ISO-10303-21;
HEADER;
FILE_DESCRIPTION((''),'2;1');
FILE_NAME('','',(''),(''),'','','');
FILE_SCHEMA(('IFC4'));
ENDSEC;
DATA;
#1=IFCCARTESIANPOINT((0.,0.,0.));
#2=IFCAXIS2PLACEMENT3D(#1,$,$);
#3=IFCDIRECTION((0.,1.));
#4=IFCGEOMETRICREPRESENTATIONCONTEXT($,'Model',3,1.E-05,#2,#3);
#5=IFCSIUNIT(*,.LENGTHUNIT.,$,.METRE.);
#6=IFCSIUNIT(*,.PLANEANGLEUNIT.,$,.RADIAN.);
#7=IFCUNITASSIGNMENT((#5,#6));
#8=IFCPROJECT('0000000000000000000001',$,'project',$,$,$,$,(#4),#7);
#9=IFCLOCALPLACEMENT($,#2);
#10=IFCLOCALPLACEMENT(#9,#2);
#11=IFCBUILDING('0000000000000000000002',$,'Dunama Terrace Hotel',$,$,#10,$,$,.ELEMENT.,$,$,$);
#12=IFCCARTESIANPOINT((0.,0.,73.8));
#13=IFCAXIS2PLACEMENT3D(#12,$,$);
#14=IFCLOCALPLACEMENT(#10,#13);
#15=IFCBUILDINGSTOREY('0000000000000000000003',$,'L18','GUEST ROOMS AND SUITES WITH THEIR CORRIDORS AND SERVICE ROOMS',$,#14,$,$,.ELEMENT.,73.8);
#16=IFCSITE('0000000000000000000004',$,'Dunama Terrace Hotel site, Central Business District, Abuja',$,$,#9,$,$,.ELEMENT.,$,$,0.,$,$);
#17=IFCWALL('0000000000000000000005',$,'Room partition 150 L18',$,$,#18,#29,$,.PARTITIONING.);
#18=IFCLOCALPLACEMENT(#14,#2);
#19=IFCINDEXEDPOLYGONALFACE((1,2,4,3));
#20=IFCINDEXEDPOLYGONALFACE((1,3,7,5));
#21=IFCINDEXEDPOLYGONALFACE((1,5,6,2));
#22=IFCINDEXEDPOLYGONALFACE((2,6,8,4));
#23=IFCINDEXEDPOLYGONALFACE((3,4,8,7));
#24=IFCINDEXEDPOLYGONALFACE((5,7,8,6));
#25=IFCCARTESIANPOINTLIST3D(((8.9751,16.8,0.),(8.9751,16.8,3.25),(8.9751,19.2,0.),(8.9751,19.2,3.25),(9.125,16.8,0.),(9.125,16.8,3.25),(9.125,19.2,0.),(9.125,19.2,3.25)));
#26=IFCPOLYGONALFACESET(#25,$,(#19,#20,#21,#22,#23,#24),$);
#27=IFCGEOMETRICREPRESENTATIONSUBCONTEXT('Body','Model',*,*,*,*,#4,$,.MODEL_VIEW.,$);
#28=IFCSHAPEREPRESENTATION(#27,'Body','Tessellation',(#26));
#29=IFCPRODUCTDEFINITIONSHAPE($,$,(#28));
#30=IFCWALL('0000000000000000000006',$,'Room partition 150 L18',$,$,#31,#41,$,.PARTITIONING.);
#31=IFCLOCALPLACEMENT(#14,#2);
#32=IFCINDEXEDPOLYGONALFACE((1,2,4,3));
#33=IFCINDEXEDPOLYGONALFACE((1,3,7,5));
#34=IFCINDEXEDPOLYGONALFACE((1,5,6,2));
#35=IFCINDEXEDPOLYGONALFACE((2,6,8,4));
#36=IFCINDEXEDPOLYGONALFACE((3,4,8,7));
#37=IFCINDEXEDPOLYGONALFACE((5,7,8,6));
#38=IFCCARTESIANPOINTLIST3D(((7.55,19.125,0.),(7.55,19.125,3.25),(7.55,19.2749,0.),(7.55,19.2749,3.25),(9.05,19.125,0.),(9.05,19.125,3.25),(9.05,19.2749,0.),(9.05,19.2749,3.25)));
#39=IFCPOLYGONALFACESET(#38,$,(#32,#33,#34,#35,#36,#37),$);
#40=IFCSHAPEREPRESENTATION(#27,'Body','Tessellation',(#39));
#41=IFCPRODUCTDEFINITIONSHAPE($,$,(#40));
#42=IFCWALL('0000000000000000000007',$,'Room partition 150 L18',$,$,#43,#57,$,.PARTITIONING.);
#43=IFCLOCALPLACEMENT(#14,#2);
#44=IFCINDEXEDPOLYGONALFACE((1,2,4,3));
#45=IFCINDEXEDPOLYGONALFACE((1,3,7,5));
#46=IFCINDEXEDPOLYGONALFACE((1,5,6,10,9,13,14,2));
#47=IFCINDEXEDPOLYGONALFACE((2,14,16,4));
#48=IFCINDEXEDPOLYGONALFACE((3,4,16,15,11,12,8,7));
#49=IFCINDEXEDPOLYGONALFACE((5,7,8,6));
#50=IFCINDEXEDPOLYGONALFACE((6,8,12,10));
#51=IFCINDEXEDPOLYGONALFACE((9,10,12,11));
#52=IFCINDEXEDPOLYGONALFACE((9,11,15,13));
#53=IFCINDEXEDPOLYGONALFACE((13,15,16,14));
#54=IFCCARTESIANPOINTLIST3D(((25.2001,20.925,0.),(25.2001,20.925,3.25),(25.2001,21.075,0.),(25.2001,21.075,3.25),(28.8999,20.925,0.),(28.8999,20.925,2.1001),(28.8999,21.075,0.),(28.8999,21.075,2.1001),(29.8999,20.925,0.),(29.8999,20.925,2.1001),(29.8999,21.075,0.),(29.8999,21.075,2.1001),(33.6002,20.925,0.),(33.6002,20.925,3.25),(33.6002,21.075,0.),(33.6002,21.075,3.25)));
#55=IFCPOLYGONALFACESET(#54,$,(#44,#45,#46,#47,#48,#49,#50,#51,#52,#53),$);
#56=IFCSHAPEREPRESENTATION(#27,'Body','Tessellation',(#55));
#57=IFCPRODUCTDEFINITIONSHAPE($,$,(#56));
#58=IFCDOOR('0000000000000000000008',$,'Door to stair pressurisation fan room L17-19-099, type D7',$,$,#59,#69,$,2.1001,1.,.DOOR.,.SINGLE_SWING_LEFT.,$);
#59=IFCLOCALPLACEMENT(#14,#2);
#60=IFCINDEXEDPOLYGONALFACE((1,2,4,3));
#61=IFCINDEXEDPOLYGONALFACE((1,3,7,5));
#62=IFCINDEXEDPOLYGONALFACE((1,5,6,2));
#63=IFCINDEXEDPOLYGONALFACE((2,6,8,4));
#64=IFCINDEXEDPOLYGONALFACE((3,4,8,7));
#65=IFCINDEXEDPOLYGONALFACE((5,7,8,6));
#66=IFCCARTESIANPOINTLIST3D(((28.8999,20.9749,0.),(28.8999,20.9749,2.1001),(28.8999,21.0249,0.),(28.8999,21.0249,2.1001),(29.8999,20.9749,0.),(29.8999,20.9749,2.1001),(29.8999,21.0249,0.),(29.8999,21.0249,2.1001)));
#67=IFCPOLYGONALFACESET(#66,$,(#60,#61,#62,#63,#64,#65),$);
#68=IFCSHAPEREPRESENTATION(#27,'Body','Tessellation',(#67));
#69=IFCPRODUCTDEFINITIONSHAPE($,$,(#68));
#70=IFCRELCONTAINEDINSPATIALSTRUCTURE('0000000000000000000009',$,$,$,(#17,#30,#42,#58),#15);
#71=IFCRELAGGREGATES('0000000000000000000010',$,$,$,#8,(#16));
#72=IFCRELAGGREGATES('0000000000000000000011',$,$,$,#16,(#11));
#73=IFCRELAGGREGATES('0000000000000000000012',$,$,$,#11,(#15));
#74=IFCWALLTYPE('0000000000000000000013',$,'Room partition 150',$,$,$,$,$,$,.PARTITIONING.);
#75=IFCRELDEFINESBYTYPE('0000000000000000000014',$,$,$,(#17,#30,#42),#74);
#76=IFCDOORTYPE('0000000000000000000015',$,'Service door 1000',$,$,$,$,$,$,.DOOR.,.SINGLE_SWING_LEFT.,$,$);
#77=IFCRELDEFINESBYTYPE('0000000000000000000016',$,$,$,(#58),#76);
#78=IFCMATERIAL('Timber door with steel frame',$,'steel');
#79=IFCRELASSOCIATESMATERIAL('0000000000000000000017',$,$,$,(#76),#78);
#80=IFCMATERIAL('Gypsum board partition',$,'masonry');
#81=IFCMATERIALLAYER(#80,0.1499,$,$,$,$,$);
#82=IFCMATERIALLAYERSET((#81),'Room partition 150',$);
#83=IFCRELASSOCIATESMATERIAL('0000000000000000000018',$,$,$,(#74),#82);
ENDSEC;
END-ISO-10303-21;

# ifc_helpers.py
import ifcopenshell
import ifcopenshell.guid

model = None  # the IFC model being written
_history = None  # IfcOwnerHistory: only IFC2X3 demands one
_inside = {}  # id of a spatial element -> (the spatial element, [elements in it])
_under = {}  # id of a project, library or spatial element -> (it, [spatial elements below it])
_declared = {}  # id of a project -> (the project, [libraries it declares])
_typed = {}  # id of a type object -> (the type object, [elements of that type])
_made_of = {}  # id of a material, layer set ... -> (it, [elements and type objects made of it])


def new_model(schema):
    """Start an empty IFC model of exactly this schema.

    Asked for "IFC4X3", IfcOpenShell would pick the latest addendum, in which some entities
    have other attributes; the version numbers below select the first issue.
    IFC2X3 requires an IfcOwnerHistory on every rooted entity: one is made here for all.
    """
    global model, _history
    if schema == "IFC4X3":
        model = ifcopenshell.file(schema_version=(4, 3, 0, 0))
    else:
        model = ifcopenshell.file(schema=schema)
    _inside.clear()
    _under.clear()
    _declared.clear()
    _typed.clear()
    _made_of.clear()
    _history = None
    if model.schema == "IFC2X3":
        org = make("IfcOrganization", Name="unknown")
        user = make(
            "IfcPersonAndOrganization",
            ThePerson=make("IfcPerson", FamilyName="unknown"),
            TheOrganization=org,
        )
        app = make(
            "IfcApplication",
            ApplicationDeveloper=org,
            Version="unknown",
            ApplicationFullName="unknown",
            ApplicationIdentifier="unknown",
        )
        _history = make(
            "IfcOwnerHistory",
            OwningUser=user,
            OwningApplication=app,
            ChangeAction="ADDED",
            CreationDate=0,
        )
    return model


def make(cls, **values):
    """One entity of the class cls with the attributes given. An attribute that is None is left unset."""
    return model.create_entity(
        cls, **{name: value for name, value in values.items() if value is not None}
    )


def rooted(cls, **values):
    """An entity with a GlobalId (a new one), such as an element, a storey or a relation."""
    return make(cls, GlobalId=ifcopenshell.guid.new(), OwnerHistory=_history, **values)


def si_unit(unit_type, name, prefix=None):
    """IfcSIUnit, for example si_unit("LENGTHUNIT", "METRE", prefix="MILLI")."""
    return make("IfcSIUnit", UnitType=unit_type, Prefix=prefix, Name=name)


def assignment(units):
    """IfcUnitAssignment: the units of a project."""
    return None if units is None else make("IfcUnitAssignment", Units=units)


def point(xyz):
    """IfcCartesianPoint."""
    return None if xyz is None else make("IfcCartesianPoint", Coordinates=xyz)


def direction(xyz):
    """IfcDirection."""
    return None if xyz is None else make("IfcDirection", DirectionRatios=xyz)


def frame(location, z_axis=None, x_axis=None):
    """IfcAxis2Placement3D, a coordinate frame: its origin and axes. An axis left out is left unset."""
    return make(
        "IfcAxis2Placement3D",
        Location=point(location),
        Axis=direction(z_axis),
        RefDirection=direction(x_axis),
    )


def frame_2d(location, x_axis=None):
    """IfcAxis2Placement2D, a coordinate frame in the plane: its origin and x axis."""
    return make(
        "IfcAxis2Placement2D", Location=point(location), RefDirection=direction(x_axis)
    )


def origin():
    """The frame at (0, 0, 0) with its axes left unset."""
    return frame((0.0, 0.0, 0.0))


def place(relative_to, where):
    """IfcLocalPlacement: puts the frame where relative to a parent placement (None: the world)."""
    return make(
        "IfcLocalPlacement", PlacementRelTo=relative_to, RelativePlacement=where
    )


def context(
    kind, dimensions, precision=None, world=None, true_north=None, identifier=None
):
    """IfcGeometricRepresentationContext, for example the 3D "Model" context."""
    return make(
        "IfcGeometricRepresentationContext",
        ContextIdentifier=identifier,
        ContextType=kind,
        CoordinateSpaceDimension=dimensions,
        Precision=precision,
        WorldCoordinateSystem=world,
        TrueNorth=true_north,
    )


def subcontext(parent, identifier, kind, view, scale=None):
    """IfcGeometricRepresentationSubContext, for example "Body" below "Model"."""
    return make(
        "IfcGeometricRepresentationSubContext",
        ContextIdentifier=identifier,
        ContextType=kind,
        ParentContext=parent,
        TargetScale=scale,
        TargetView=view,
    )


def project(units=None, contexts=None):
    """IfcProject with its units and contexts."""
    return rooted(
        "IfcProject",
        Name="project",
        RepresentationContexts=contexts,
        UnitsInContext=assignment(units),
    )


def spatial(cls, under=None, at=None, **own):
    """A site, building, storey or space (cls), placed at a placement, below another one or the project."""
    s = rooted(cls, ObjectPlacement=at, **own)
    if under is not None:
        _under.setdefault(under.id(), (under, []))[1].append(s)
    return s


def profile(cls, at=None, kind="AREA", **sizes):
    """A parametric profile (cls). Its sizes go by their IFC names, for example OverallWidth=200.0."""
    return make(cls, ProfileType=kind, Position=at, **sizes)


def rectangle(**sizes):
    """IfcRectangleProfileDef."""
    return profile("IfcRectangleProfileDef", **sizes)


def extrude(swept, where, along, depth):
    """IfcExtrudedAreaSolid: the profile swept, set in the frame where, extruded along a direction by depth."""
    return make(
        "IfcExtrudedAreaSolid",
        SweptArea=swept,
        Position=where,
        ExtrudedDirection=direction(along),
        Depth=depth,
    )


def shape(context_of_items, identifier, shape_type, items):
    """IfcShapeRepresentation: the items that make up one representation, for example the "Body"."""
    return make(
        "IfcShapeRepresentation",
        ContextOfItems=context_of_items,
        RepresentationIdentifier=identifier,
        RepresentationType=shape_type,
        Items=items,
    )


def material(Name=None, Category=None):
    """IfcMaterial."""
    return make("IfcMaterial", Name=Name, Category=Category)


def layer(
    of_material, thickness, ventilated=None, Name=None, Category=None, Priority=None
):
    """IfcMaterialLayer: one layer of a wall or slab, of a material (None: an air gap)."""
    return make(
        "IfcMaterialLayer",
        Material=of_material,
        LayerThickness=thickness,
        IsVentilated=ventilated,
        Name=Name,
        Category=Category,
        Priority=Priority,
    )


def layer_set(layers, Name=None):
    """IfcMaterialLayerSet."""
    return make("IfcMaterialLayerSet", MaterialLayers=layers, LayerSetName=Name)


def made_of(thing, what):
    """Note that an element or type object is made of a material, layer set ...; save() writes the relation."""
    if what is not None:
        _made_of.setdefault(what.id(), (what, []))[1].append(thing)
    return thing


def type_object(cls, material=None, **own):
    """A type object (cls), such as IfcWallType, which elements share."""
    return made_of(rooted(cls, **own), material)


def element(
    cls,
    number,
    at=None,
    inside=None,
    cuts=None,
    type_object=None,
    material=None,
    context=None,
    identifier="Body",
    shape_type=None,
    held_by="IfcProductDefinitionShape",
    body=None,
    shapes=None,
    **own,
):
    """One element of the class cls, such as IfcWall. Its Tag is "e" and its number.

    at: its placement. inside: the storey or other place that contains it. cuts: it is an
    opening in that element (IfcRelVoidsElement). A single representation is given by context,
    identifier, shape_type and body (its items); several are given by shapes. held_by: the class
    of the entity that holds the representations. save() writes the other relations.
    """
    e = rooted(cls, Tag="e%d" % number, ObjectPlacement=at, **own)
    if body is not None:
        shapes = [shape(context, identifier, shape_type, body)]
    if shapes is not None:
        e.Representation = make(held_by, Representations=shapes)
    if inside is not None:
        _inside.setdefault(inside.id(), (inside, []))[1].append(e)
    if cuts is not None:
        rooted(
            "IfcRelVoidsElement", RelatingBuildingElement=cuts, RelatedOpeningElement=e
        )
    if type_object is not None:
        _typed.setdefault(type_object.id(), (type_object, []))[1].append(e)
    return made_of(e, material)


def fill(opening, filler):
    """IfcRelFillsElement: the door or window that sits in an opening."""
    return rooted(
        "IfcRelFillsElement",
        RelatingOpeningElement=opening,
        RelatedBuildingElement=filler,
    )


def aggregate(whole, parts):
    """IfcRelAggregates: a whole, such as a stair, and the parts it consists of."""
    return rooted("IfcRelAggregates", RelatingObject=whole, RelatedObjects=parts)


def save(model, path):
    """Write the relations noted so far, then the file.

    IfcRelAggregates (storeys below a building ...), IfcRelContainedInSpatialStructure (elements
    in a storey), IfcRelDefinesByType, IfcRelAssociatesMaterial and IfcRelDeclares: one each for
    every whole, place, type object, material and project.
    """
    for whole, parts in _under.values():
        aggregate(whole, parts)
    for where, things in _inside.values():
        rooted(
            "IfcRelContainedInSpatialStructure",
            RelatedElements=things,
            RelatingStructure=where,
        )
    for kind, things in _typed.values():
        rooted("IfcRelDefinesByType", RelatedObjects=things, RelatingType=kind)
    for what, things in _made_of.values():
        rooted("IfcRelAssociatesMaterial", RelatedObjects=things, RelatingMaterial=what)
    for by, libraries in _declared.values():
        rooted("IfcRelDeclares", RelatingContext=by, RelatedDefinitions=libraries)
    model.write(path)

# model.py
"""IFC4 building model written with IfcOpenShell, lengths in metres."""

from ifc_helpers import new_model, si_unit, direction, frame, frame_2d, origin, place, context, subcontext, project, spatial, rectangle, extrude, material, layer, layer_set, type_object, element, fill, save


model = new_model("IFC4")

# Units and contexts
model_context = context("Model", 3, precision=1e-05, world=origin(), true_north=direction((0.0, 1.0)))
body_context = subcontext(model_context, "Body", "Model", "MODEL_VIEW")
ifc_project = project(units=[si_unit("LENGTHUNIT", "METRE"), si_unit("PLANEANGLEUNIT", "RADIAN")], contexts=[model_context])

# Site, building, storey
site_placement = place(None, origin())
site = spatial("IfcSite", under=ifc_project, at=site_placement, Name="Dunama Terrace Hotel site, Central Business District, Abuja", CompositionType="ELEMENT", RefElevation=0.0)
building_placement = place(site_placement, origin())
building = spatial("IfcBuilding", under=site, at=building_placement, Name="Dunama Terrace Hotel", CompositionType="ELEMENT")
storey_placement = place(building_placement, frame((0.0, 0.0, 73.8)))
storey = spatial("IfcBuildingStorey", under=building, at=storey_placement, Name="L18", Description="GUEST ROOMS AND SUITES WITH THEIR CORRIDORS AND SERVICE ROOMS", CompositionType="ELEMENT", Elevation=73.8)

# Shared definitions
ifc_material_1 = material(Name="Timber door with steel frame", Category="steel")
door_type_1 = type_object("IfcDoorType", Name="Service door 1000", OperationType="SINGLE_SWING_LEFT", PredefinedType="DOOR", material=ifc_material_1)

# Walls
ifc_material_2 = material(Name="Gypsum board partition", Category="masonry")
ifc_layer_1 = layer(ifc_material_2, 0.1499)
ifc_layer_set_1 = layer_set([ifc_layer_1], Name="Room partition 150")
wall_type_1 = type_object("IfcWallType", Name="Room partition 150", PredefinedType="PARTITIONING", material=ifc_layer_set_1)
wall_1_placement = place(storey_placement, frame((9.05, 16.8, 0.0), z_axis=(0.0, 0.0, 1.0), x_axis=(0.0, 1.0, 0.0)))
element("IfcWall", 1, at=wall_1_placement, inside=storey, type_object=wall_type_1, Name="Room partition 150 L18", PredefinedType="PARTITIONING", context=body_context, shape_type="SweptSolid", body=[
    extrude(rectangle(XDim=2.3999, YDim=0.1499, at=frame_2d((1.2, 0.0))), origin(), (0.0, 0.0, 1.0), 3.25),
])
wall_2_placement = place(storey_placement, frame((7.55, 19.2, 0.0), z_axis=(0.0, 0.0, 1.0), x_axis=(1.0, 0.0, 0.0)))
element("IfcWall", 2, at=wall_2_placement, inside=storey, type_object=wall_type_1, Name="Room partition 150 L18", PredefinedType="PARTITIONING", context=body_context, shape_type="SweptSolid", body=[
    extrude(rectangle(XDim=1.5, YDim=0.1499, at=frame_2d((0.75, 0.0))), origin(), (0.0, 0.0, 1.0), 3.25),
])

# Wall, opening, door
wall_3_placement = place(storey_placement, frame((25.2, 21.0, 0.0), z_axis=(0.0, 0.0, 1.0), x_axis=(1.0, 0.0, 0.0)))
wall_3 = element("IfcWall", 3, at=wall_3_placement, inside=storey, type_object=wall_type_1, Name="Room partition 150 L18", PredefinedType="PARTITIONING", context=body_context, shape_type="SweptSolid", body=[
    extrude(rectangle(XDim=8.4001, YDim=0.1499, at=frame_2d((4.2002, 0.0))), origin(), (0.0, 0.0, 1.0), 3.25),
])
opening_1_placement = place(wall_3_placement, frame((3.7, 0.0, 0.0)))
opening_1 = element("IfcOpeningElement", 4, at=opening_1_placement, cuts=wall_3, PredefinedType="OPENING", context=body_context, shape_type="SweptSolid", body=[
    extrude(rectangle(XDim=1.0, YDim=2.1001, at=frame_2d((0.5, 1.05))), frame((0.0, 0.085, 0.0), z_axis=(0.0, -1.0, 0.0), x_axis=(1.0, 0.0, 0.0)), (0.0, 0.0, 1.0), 0.1699),
])
door_1_placement = place(opening_1_placement, origin())
door_1 = element("IfcDoor", 5, at=door_1_placement, inside=storey, type_object=door_type_1, Name="Door to stair pressurisation fan room L17-19-099, type D7", OperationType="SINGLE_SWING_LEFT", OverallHeight=2.1001, OverallWidth=1.0, PredefinedType="DOOR", context=body_context, shape_type="SweptSolid", body=[
    extrude(rectangle(XDim=1.0, YDim=2.1001, at=frame_2d((0.5, 1.05))), frame((0.0, 0.0249, 0.0), z_axis=(0.0, -1.0, 0.0), x_axis=(1.0, 0.0, 0.0)), (0.0, 0.0, 1.0), 0.05),
])
fill(opening_1, door_1)

save(model, "model.ifc")
